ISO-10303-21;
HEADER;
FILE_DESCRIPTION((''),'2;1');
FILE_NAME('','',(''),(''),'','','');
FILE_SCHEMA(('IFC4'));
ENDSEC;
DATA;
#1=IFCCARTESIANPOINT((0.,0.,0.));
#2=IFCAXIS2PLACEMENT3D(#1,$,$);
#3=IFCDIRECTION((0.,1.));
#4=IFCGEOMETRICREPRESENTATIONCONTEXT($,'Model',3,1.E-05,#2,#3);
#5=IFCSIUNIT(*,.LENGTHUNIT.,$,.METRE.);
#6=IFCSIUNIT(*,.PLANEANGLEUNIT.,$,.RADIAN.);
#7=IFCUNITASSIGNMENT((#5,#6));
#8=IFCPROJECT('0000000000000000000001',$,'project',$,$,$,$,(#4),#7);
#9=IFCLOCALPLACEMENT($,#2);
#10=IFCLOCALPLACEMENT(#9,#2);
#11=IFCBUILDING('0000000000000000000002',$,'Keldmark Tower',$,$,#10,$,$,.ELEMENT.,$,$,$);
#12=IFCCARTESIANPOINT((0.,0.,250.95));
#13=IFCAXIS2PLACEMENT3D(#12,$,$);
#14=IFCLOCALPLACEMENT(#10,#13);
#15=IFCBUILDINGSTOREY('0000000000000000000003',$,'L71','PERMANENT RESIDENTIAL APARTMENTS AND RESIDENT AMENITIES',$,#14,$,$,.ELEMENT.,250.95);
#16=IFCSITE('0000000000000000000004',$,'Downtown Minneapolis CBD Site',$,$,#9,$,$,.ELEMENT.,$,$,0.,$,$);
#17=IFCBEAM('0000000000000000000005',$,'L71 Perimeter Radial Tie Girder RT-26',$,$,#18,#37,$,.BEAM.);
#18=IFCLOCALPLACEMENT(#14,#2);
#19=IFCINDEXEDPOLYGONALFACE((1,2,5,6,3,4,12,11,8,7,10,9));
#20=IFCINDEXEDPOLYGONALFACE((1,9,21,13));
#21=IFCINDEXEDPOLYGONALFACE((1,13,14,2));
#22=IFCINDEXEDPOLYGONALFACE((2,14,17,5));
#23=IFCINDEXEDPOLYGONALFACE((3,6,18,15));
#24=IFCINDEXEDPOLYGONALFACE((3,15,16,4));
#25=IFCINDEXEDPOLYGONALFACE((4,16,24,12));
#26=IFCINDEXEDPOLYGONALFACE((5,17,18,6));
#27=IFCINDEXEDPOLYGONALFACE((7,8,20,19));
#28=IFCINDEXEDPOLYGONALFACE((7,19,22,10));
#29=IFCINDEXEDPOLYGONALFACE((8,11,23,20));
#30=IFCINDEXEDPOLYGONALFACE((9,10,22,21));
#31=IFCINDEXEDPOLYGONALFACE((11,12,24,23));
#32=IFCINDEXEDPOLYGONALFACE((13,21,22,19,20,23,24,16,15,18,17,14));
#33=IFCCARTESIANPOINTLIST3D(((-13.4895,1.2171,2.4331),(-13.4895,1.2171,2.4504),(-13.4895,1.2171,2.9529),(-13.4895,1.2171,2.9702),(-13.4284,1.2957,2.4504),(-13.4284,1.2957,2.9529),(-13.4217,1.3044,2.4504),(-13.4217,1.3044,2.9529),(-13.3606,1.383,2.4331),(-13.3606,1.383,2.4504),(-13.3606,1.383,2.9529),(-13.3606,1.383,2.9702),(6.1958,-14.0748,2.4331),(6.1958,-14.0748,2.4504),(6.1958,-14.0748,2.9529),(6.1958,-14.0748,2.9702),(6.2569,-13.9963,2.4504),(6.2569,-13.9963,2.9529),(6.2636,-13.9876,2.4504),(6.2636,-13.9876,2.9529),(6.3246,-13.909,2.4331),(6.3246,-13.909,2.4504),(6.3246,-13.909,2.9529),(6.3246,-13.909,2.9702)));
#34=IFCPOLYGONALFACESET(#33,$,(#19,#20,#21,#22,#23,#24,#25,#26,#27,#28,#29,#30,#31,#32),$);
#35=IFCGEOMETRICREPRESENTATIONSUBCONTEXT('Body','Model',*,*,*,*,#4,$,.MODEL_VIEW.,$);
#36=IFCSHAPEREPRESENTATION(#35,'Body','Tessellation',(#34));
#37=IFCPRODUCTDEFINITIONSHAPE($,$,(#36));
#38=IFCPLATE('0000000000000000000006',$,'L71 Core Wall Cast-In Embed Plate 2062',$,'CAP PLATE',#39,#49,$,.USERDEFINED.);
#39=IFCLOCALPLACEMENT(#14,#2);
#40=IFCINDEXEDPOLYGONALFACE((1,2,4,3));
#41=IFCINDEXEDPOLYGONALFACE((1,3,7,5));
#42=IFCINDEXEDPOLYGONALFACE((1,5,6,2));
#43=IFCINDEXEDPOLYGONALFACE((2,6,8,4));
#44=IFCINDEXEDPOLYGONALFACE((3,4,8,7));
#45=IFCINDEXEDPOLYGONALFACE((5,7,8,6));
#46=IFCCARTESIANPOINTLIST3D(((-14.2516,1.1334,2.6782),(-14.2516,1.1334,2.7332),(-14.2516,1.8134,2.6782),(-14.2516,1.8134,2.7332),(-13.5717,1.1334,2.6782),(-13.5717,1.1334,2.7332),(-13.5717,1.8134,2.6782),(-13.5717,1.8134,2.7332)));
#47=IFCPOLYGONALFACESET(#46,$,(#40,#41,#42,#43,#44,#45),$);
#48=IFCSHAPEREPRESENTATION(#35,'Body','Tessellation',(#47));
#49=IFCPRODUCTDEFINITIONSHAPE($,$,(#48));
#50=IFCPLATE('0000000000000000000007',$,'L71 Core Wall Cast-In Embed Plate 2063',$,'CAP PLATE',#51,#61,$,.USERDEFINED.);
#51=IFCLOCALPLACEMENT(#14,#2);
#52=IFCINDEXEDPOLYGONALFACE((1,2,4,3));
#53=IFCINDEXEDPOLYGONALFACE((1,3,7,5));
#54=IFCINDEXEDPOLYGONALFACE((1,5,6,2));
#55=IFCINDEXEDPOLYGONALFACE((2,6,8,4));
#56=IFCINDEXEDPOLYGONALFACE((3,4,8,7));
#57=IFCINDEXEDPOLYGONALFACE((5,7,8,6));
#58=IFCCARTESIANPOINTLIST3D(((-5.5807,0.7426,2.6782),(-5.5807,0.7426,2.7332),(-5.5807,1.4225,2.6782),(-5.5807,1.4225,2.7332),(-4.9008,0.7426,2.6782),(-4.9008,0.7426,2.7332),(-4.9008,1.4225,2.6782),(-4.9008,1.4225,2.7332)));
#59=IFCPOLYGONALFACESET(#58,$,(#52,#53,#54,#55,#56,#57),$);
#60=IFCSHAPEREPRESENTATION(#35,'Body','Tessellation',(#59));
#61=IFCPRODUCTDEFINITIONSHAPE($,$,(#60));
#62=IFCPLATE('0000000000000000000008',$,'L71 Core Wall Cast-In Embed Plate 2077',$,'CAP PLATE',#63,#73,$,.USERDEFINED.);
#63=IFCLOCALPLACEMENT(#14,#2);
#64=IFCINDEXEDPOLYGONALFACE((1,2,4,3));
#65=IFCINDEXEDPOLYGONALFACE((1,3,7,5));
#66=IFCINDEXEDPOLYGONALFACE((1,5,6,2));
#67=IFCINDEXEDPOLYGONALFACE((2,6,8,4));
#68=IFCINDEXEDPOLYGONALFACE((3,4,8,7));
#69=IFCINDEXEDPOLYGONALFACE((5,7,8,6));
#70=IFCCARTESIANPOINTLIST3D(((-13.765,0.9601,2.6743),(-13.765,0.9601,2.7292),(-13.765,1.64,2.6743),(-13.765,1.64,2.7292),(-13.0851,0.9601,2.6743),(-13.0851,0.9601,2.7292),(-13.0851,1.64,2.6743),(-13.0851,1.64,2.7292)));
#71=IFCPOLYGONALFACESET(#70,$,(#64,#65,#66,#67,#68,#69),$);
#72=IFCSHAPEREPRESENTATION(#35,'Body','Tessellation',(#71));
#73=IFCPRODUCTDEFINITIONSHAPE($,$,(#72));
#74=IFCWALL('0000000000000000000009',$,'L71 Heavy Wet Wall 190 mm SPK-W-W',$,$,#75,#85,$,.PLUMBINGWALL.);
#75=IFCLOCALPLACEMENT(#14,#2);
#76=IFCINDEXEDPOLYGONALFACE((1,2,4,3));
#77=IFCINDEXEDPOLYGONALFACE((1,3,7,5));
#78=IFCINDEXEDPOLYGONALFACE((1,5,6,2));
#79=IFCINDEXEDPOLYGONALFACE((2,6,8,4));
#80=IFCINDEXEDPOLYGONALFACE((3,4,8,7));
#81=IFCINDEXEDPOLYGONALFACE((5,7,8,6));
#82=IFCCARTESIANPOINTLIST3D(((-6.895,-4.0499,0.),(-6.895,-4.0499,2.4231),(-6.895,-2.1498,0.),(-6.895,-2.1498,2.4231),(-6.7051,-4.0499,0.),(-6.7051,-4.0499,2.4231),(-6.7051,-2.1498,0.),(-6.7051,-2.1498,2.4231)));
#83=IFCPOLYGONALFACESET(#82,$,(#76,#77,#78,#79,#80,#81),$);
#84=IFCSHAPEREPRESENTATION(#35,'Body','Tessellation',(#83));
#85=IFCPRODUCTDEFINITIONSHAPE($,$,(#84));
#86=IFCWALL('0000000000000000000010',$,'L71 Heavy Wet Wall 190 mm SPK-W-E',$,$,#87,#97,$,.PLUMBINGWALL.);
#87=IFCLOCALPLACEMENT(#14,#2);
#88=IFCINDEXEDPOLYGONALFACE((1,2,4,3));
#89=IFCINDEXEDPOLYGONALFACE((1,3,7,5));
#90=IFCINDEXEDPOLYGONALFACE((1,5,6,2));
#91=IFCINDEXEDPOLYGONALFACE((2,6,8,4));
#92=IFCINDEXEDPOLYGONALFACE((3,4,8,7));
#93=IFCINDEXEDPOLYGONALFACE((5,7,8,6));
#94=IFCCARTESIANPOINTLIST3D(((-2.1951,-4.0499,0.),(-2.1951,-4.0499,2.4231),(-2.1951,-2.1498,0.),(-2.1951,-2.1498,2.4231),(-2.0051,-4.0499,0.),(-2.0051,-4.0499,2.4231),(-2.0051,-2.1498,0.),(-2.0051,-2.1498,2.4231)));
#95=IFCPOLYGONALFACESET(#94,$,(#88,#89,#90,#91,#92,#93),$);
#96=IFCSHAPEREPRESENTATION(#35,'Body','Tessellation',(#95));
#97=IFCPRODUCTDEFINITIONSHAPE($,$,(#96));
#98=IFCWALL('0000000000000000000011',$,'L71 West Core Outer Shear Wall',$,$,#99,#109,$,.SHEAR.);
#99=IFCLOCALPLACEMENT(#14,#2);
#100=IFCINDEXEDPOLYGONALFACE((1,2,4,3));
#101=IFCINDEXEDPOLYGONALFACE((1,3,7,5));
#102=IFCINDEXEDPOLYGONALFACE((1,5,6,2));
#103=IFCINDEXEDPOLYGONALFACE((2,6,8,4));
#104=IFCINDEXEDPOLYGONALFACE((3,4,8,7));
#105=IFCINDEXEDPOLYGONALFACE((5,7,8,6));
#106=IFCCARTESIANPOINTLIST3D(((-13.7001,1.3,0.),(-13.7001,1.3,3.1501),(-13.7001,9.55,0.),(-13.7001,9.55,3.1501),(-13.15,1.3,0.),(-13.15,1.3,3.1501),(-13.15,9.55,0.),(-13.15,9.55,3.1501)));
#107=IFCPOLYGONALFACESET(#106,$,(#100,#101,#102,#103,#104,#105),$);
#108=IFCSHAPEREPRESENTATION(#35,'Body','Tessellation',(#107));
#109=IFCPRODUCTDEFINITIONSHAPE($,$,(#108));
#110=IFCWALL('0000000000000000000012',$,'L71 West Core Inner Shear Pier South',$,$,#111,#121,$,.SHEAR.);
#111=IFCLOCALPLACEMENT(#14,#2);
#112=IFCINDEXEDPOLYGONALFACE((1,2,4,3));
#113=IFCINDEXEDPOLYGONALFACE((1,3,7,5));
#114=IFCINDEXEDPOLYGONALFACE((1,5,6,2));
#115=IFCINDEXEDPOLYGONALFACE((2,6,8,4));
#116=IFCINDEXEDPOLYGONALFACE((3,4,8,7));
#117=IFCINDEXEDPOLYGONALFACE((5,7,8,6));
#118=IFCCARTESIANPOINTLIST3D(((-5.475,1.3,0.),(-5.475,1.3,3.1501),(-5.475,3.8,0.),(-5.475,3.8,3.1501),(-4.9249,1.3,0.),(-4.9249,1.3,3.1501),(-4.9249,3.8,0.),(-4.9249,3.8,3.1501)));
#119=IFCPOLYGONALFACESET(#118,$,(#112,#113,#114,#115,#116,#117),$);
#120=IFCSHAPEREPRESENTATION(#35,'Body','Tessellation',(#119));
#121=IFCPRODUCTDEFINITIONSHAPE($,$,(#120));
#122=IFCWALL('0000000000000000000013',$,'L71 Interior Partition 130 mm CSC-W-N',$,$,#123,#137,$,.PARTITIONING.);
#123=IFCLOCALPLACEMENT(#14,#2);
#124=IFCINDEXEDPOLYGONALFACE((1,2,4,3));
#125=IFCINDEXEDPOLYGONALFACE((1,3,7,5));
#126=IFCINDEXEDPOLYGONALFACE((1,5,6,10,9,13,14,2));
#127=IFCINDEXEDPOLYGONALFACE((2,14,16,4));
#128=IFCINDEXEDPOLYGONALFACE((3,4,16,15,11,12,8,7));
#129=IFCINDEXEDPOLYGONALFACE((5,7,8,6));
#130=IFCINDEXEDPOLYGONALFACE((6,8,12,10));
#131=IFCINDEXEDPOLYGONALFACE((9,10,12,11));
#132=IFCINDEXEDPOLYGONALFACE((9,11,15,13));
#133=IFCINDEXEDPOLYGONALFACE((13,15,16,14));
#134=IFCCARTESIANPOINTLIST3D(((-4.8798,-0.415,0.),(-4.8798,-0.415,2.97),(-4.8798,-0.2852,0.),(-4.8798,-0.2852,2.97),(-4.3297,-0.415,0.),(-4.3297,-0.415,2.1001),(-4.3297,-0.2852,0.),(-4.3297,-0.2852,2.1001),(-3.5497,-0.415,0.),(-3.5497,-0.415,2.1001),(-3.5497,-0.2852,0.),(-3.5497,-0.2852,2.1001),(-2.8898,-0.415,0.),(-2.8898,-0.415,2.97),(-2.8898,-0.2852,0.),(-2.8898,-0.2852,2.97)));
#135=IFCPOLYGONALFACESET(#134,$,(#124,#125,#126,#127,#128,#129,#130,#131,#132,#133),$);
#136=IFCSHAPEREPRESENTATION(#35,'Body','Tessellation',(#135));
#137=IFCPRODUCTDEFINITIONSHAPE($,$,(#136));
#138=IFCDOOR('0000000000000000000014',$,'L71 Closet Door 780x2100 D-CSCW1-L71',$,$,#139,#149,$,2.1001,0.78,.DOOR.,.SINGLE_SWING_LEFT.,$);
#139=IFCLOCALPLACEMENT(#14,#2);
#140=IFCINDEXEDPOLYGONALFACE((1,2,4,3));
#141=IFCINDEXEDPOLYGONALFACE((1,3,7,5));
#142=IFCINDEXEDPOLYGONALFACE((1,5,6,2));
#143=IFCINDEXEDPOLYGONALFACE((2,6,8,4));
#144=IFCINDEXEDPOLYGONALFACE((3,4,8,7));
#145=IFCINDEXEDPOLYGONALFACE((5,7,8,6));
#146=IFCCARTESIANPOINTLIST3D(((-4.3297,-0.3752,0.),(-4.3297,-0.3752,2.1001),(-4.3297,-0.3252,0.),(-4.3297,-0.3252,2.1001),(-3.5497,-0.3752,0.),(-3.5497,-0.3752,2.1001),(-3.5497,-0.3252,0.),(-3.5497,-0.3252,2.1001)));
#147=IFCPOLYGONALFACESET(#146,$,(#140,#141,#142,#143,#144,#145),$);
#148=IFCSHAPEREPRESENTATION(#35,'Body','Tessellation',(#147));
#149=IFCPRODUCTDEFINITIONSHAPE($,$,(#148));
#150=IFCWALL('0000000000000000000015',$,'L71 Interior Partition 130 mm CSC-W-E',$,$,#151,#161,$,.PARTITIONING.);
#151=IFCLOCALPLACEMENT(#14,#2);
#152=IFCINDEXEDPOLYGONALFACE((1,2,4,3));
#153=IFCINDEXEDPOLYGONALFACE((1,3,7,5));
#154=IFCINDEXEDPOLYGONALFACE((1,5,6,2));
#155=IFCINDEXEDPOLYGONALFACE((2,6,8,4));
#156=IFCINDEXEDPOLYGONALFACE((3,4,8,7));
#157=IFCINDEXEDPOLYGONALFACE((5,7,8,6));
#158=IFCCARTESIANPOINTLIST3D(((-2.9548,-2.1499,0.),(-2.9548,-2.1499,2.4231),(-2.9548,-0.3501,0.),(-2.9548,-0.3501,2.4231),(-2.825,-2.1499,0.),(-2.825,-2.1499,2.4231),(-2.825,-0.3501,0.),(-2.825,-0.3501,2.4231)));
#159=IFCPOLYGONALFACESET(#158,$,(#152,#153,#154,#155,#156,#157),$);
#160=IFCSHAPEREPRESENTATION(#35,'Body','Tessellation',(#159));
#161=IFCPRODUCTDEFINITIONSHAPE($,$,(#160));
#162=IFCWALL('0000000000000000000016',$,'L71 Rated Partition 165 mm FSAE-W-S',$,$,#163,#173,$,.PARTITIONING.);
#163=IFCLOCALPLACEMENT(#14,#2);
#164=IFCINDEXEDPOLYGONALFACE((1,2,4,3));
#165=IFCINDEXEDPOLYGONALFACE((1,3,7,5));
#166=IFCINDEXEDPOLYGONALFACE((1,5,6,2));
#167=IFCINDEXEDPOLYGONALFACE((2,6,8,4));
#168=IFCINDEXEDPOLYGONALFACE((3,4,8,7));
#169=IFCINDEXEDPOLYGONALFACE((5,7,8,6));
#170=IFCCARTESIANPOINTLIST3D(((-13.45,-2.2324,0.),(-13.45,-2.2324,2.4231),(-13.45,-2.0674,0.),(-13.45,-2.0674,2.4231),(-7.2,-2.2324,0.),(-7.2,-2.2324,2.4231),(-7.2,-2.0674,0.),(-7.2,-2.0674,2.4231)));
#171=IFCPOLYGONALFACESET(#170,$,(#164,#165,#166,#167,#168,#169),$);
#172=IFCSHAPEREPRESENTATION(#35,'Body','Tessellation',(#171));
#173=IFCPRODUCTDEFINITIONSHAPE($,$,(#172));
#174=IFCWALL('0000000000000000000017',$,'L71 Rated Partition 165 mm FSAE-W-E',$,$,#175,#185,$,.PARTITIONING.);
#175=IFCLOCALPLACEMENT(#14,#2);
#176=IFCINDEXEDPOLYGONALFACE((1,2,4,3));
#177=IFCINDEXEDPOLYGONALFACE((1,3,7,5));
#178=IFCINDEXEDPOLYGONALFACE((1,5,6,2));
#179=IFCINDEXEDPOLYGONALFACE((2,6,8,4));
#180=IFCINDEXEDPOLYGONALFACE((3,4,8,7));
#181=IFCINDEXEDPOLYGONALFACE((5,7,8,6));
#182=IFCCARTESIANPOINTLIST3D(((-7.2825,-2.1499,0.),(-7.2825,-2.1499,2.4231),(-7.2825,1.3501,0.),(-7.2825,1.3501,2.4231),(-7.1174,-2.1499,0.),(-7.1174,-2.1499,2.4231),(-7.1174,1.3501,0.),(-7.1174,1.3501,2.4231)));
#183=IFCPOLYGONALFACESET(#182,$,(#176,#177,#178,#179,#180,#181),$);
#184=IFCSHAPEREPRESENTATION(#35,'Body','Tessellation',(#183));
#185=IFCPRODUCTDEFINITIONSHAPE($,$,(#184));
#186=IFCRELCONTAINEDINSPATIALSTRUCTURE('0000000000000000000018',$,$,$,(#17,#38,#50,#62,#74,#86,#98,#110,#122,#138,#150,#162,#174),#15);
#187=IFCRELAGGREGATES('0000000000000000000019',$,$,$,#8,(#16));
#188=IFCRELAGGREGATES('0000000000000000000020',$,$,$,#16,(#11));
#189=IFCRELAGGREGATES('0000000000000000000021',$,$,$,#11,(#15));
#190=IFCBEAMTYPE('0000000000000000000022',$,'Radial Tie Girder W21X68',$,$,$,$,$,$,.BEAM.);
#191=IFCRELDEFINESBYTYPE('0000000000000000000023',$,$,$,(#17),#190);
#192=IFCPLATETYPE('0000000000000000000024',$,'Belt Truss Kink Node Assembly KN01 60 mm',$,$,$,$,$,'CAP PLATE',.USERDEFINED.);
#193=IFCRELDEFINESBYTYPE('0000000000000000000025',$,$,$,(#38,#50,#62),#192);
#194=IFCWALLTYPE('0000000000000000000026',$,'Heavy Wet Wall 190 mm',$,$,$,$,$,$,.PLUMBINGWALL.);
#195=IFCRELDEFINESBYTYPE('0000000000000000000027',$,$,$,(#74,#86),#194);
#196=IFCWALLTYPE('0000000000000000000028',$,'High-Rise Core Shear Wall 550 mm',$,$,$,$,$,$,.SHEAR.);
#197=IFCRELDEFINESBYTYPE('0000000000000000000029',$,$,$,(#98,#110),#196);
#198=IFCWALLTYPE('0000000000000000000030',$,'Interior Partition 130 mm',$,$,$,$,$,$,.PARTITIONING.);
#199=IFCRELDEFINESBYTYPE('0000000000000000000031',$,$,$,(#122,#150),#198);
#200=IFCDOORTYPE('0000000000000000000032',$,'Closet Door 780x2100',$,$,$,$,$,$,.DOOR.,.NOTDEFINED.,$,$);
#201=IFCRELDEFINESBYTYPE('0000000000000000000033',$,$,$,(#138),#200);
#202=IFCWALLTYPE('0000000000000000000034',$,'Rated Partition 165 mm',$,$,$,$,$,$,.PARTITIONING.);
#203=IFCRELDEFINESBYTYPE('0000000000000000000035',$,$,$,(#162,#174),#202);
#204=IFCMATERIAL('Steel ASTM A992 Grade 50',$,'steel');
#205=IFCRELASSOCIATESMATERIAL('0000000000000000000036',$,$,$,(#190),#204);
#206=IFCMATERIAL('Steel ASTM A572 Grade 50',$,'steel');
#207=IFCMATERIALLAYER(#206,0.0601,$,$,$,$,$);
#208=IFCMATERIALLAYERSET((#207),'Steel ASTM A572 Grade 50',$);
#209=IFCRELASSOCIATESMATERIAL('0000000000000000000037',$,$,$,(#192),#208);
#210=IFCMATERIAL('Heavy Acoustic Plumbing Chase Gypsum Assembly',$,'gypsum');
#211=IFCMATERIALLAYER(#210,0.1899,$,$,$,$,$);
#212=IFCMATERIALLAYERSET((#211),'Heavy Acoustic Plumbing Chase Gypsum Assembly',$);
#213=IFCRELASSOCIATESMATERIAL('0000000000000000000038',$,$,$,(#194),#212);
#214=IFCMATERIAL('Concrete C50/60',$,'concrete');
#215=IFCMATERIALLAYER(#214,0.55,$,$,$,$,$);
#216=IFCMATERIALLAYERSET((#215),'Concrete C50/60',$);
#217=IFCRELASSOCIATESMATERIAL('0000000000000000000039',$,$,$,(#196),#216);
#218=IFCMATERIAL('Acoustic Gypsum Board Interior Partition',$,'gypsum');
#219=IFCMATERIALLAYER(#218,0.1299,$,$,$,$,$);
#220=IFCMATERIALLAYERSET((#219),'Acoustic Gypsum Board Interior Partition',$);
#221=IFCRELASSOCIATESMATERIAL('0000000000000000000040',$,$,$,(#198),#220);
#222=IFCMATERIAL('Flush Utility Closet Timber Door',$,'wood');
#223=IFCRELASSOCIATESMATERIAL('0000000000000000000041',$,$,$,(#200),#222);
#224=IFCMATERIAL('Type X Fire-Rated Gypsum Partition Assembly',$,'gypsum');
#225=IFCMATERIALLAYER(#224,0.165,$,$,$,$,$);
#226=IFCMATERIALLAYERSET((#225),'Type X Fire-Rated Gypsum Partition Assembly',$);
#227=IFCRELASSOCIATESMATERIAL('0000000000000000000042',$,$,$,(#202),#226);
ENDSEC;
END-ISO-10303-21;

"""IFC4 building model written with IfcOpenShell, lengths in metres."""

from ifc_helpers import new_model, si_unit, direction, frame, frame_2d, origin, origin_2d, place, context, subcontext, project, spatial, rectangle, i_section, extrude, material, layer, layer_set, material_profile, profile_set, type_object, element, fill, save


model = new_model("IFC4")

# Units and contexts
model_context = context("Model", 3, precision=1e-05, world=origin(), true_north=direction((0.0, 1.0)))
body_context = subcontext(model_context, "Body", "Model", "MODEL_VIEW")
ifc_project = project(units=[si_unit("LENGTHUNIT", "METRE"), si_unit("PLANEANGLEUNIT", "RADIAN")], contexts=[model_context])

# Site, building, storey
site_placement = place(None, origin())
site = spatial("IfcSite", under=ifc_project, at=site_placement, Name="Downtown Minneapolis CBD Site", CompositionType="ELEMENT", RefElevation=0.0)
building_placement = place(site_placement, origin())
building = spatial("IfcBuilding", under=site, at=building_placement, Name="Keldmark Tower", CompositionType="ELEMENT")
storey_placement = place(building_placement, frame((0.0, 0.0, 250.95)))
storey = spatial("IfcBuildingStorey", under=building, at=storey_placement, Name="L71", Description="PERMANENT RESIDENTIAL APARTMENTS AND RESIDENT AMENITIES", CompositionType="ELEMENT", Elevation=250.95)

# Beam
ifc_material_1 = material(Name="Steel ASTM A992 Grade 50", Category="steel")
ifc_material_profile_1 = material_profile(ifc_material_1, i_section(OverallWidth=0.21, OverallDepth=0.5371, WebThickness=0.011, FlangeThickness=0.0173, at=origin_2d()), Name="W21X68")
ifc_profile_set_1 = profile_set([ifc_material_profile_1], Name="Steel ASTM A992 Grade 50")
beam_type = type_object("IfcBeamType", Name="Radial Tie Girder W21X68", PredefinedType="BEAM", material=ifc_profile_set_1)
beam_1_placement = place(storey_placement, frame((-13.425, 1.3, 2.7017), z_axis=(0.789718, -0.613471, 0.0), x_axis=(0.613471, 0.789718, 0.0)))
element("IfcBeam", 1, at=beam_1_placement, inside=storey, type_object=beam_type, Name="L71 Perimeter Radial Tie Girder RT-26", PredefinedType="BEAM", context=body_context, shape_type="SweptSolid", body=[
    extrude(i_section(OverallWidth=0.21, OverallDepth=0.5371, WebThickness=0.011, FlangeThickness=0.0173, at=origin_2d()), origin(), (0.0, 0.0, 1.0), 24.927),
])

# Plates
ifc_material_2 = material(Name="Steel ASTM A572 Grade 50", Category="steel")
ifc_layer_1 = layer(ifc_material_2, 0.0601)
ifc_layer_set_1 = layer_set([ifc_layer_1], Name="Steel ASTM A572 Grade 50")
plate_type = type_object("IfcPlateType", Name="Belt Truss Kink Node Assembly KN01 60 mm", ElementType="CAP PLATE", PredefinedType="USERDEFINED", material=ifc_layer_set_1)
for number, where, z_axis, x_axis, name in (
    (2, (-13.9116, 1.4734, 2.6782), (0.0, 0.0, 1.0), (1.0, 0.0, 0.0), "L71 Core Wall Cast-In Embed Plate 2062"),
    (3, (-5.2407, 1.0825, 2.6782), (0.0, 0.0, 1.0), (1.0, 0.0, 0.0), "L71 Core Wall Cast-In Embed Plate 2063"),
    (4, (-13.425, 1.3, 2.6743), (0.0, 0.0, 1.0), (1.0, 0.0, 0.0), "L71 Core Wall Cast-In Embed Plate 2077"),
):
    element("IfcPlate", number, at=place(storey_placement, frame(where, z_axis=z_axis, x_axis=x_axis)), inside=storey, type_object=plate_type, Name=name, ObjectType="CAP PLATE", PredefinedType="USERDEFINED", context=body_context, shape_type="SweptSolid", body=[
        extrude(rectangle(XDim=0.6799, YDim=0.6799, at=origin_2d()), origin(), (0.0, 0.0, 1.0), 0.0549),
    ])

# Shared definitions
ifc_material_3 = material(Name="Heavy Acoustic Plumbing Chase Gypsum Assembly", Category="gypsum")
ifc_layer_2 = layer(ifc_material_3, 0.1899)
ifc_layer_set_2 = layer_set([ifc_layer_2], Name="Heavy Acoustic Plumbing Chase Gypsum Assembly")
wall_type_1 = type_object("IfcWallType", Name="Heavy Wet Wall 190 mm", PredefinedType="PLUMBINGWALL", material=ifc_layer_set_2)

# Walls
for number, where, z_axis, x_axis, name in (
    (5, (-6.8, -4.05, 0.0), (0.0, 0.0, 1.0), (0.0, 1.0, 0.0), "L71 Heavy Wet Wall 190 mm SPK-W-W"),
    (6, (-2.1001, -4.05, 0.0), (0.0, 0.0, 1.0), (0.0, 1.0, 0.0), "L71 Heavy Wet Wall 190 mm SPK-W-E"),
):
    element("IfcWall", number, at=place(storey_placement, frame(where, z_axis=z_axis, x_axis=x_axis)), inside=storey, type_object=wall_type_1, Name=name, PredefinedType="PLUMBINGWALL", context=body_context, shape_type="SweptSolid", body=[
        extrude(rectangle(XDim=1.9001, YDim=0.1899, at=frame_2d((0.9502, 0.0))), origin(), (0.0, 0.0, 1.0), 2.4231),
    ])
ifc_material_4 = material(Name="Concrete C50/60", Category="concrete")
ifc_layer_3 = layer(ifc_material_4, 0.55)
ifc_layer_set_3 = layer_set([ifc_layer_3], Name="Concrete C50/60")
wall_type_2 = type_object("IfcWallType", Name="High-Rise Core Shear Wall 550 mm", PredefinedType="SHEAR", material=ifc_layer_set_3)
wall_1_placement = place(storey_placement, frame((-13.425, 1.3, 0.0), z_axis=(0.0, 0.0, 1.0), x_axis=(0.0, 1.0, 0.0)))
element("IfcWall", 7, at=wall_1_placement, inside=storey, type_object=wall_type_2, Name="L71 West Core Outer Shear Wall", PredefinedType="SHEAR", context=body_context, shape_type="SweptSolid", body=[
    extrude(rectangle(XDim=8.25, YDim=0.55, at=frame_2d((4.125, 0.0))), origin(), (0.0, 0.0, 1.0), 3.1501),
])
wall_2_placement = place(storey_placement, frame((-5.2, 1.3, 0.0), z_axis=(0.0, 0.0, 1.0), x_axis=(0.0, 1.0, 0.0)))
element("IfcWall", 8, at=wall_2_placement, inside=storey, type_object=wall_type_2, Name="L71 West Core Inner Shear Pier South", PredefinedType="SHEAR", context=body_context, shape_type="SweptSolid", body=[
    extrude(rectangle(XDim=2.5, YDim=0.55, at=frame_2d((1.25, 0.0))), origin(), (0.0, 0.0, 1.0), 3.1501),
])

# Wall, opening, door
ifc_material_5 = material(Name="Acoustic Gypsum Board Interior Partition", Category="gypsum")
ifc_layer_4 = layer(ifc_material_5, 0.1299)
ifc_layer_set_4 = layer_set([ifc_layer_4], Name="Acoustic Gypsum Board Interior Partition")
wall_type_3 = type_object("IfcWallType", Name="Interior Partition 130 mm", PredefinedType="PARTITIONING", material=ifc_layer_set_4)
wall_3_placement = place(storey_placement, frame((-4.8799, -0.3501, 0.0), z_axis=(0.0, 0.0, 1.0), x_axis=(1.0, 0.0, 0.0)))
wall_3 = element("IfcWall", 9, at=wall_3_placement, inside=storey, type_object=wall_type_3, Name="L71 Interior Partition 130 mm CSC-W-N", PredefinedType="PARTITIONING", context=body_context, shape_type="SweptSolid", body=[
    extrude(rectangle(XDim=1.99, YDim=0.1299, at=frame_2d((0.9951, 0.0))), origin(), (0.0, 0.0, 1.0), 2.97),
])
opening_1_placement = place(wall_3_placement, frame((0.55, 0.0, 0.0)))
opening_1 = element("IfcOpeningElement", 10, at=opening_1_placement, cuts=wall_3, PredefinedType="OPENING", context=body_context, shape_type="SweptSolid", body=[
    extrude(rectangle(XDim=0.78, YDim=2.1001, at=frame_2d((0.3901, 1.05))), frame((0.0, 0.075, 0.0), z_axis=(0.0, -1.0, 0.0), x_axis=(1.0, 0.0, 0.0)), (0.0, 0.0, 1.0), 0.1499),
])
ifc_material_6 = material(Name="Flush Utility Closet Timber Door", Category="wood")
door_type_1 = type_object("IfcDoorType", Name="Closet Door 780x2100", OperationType="NOTDEFINED", PredefinedType="DOOR", material=ifc_material_6)
door_1_placement = place(opening_1_placement, origin())
door_1 = element("IfcDoor", 11, at=door_1_placement, inside=storey, type_object=door_type_1, Name="L71 Closet Door 780x2100 D-CSCW1-L71", OperationType="SINGLE_SWING_LEFT", OverallHeight=2.1001, OverallWidth=0.78, PredefinedType="DOOR", context=body_context, shape_type="SweptSolid", body=[
    extrude(rectangle(XDim=0.78, YDim=2.1001, at=frame_2d((0.3901, 1.05))), frame((0.0, 0.0249, 0.0), z_axis=(0.0, -1.0, 0.0), x_axis=(1.0, 0.0, 0.0)), (0.0, 0.0, 1.0), 0.05),
])
fill(opening_1, door_1)

# Walls
wall_4_placement = place(storey_placement, frame((-2.8899, -2.1499, 0.0), z_axis=(0.0, 0.0, 1.0), x_axis=(0.0, 1.0, 0.0)))
element("IfcWall", 12, at=wall_4_placement, inside=storey, type_object=wall_type_3, Name="L71 Interior Partition 130 mm CSC-W-E", PredefinedType="PARTITIONING", context=body_context, shape_type="SweptSolid", body=[
    extrude(rectangle(XDim=1.7998, YDim=0.1299, at=frame_2d((0.8999, 0.0))), origin(), (0.0, 0.0, 1.0), 2.4231),
])
ifc_material_7 = material(Name="Type X Fire-Rated Gypsum Partition Assembly", Category="gypsum")
ifc_layer_5 = layer(ifc_material_7, 0.165)
ifc_layer_set_5 = layer_set([ifc_layer_5], Name="Type X Fire-Rated Gypsum Partition Assembly")
wall_type_4 = type_object("IfcWallType", Name="Rated Partition 165 mm", PredefinedType="PARTITIONING", material=ifc_layer_set_5)
wall_5_placement = place(storey_placement, frame((-13.45, -2.1499, 0.0), z_axis=(0.0, 0.0, 1.0), x_axis=(1.0, 0.0, 0.0)))
element("IfcWall", 13, at=wall_5_placement, inside=storey, type_object=wall_type_4, Name="L71 Rated Partition 165 mm FSAE-W-S", PredefinedType="PARTITIONING", context=body_context, shape_type="SweptSolid", body=[
    extrude(rectangle(XDim=6.25, YDim=0.165, at=frame_2d((3.125, 0.0))), origin(), (0.0, 0.0, 1.0), 2.4231),
])

# Wall
wall_6_placement = place(storey_placement, frame((-7.2, -2.1499, 0.0), z_axis=(0.0, 0.0, 1.0), x_axis=(0.0, 1.0, 0.0)))
element("IfcWall", 14, at=wall_6_placement, inside=storey, type_object=wall_type_4, Name="L71 Rated Partition 165 mm FSAE-W-E", PredefinedType="PARTITIONING", context=body_context, shape_type="SweptSolid", body=[
    extrude(rectangle(XDim=3.5, YDim=0.165, at=frame_2d((1.75, 0.0))), origin(), (0.0, 0.0, 1.0), 2.4231),
])

save(model, "model.ifc")
